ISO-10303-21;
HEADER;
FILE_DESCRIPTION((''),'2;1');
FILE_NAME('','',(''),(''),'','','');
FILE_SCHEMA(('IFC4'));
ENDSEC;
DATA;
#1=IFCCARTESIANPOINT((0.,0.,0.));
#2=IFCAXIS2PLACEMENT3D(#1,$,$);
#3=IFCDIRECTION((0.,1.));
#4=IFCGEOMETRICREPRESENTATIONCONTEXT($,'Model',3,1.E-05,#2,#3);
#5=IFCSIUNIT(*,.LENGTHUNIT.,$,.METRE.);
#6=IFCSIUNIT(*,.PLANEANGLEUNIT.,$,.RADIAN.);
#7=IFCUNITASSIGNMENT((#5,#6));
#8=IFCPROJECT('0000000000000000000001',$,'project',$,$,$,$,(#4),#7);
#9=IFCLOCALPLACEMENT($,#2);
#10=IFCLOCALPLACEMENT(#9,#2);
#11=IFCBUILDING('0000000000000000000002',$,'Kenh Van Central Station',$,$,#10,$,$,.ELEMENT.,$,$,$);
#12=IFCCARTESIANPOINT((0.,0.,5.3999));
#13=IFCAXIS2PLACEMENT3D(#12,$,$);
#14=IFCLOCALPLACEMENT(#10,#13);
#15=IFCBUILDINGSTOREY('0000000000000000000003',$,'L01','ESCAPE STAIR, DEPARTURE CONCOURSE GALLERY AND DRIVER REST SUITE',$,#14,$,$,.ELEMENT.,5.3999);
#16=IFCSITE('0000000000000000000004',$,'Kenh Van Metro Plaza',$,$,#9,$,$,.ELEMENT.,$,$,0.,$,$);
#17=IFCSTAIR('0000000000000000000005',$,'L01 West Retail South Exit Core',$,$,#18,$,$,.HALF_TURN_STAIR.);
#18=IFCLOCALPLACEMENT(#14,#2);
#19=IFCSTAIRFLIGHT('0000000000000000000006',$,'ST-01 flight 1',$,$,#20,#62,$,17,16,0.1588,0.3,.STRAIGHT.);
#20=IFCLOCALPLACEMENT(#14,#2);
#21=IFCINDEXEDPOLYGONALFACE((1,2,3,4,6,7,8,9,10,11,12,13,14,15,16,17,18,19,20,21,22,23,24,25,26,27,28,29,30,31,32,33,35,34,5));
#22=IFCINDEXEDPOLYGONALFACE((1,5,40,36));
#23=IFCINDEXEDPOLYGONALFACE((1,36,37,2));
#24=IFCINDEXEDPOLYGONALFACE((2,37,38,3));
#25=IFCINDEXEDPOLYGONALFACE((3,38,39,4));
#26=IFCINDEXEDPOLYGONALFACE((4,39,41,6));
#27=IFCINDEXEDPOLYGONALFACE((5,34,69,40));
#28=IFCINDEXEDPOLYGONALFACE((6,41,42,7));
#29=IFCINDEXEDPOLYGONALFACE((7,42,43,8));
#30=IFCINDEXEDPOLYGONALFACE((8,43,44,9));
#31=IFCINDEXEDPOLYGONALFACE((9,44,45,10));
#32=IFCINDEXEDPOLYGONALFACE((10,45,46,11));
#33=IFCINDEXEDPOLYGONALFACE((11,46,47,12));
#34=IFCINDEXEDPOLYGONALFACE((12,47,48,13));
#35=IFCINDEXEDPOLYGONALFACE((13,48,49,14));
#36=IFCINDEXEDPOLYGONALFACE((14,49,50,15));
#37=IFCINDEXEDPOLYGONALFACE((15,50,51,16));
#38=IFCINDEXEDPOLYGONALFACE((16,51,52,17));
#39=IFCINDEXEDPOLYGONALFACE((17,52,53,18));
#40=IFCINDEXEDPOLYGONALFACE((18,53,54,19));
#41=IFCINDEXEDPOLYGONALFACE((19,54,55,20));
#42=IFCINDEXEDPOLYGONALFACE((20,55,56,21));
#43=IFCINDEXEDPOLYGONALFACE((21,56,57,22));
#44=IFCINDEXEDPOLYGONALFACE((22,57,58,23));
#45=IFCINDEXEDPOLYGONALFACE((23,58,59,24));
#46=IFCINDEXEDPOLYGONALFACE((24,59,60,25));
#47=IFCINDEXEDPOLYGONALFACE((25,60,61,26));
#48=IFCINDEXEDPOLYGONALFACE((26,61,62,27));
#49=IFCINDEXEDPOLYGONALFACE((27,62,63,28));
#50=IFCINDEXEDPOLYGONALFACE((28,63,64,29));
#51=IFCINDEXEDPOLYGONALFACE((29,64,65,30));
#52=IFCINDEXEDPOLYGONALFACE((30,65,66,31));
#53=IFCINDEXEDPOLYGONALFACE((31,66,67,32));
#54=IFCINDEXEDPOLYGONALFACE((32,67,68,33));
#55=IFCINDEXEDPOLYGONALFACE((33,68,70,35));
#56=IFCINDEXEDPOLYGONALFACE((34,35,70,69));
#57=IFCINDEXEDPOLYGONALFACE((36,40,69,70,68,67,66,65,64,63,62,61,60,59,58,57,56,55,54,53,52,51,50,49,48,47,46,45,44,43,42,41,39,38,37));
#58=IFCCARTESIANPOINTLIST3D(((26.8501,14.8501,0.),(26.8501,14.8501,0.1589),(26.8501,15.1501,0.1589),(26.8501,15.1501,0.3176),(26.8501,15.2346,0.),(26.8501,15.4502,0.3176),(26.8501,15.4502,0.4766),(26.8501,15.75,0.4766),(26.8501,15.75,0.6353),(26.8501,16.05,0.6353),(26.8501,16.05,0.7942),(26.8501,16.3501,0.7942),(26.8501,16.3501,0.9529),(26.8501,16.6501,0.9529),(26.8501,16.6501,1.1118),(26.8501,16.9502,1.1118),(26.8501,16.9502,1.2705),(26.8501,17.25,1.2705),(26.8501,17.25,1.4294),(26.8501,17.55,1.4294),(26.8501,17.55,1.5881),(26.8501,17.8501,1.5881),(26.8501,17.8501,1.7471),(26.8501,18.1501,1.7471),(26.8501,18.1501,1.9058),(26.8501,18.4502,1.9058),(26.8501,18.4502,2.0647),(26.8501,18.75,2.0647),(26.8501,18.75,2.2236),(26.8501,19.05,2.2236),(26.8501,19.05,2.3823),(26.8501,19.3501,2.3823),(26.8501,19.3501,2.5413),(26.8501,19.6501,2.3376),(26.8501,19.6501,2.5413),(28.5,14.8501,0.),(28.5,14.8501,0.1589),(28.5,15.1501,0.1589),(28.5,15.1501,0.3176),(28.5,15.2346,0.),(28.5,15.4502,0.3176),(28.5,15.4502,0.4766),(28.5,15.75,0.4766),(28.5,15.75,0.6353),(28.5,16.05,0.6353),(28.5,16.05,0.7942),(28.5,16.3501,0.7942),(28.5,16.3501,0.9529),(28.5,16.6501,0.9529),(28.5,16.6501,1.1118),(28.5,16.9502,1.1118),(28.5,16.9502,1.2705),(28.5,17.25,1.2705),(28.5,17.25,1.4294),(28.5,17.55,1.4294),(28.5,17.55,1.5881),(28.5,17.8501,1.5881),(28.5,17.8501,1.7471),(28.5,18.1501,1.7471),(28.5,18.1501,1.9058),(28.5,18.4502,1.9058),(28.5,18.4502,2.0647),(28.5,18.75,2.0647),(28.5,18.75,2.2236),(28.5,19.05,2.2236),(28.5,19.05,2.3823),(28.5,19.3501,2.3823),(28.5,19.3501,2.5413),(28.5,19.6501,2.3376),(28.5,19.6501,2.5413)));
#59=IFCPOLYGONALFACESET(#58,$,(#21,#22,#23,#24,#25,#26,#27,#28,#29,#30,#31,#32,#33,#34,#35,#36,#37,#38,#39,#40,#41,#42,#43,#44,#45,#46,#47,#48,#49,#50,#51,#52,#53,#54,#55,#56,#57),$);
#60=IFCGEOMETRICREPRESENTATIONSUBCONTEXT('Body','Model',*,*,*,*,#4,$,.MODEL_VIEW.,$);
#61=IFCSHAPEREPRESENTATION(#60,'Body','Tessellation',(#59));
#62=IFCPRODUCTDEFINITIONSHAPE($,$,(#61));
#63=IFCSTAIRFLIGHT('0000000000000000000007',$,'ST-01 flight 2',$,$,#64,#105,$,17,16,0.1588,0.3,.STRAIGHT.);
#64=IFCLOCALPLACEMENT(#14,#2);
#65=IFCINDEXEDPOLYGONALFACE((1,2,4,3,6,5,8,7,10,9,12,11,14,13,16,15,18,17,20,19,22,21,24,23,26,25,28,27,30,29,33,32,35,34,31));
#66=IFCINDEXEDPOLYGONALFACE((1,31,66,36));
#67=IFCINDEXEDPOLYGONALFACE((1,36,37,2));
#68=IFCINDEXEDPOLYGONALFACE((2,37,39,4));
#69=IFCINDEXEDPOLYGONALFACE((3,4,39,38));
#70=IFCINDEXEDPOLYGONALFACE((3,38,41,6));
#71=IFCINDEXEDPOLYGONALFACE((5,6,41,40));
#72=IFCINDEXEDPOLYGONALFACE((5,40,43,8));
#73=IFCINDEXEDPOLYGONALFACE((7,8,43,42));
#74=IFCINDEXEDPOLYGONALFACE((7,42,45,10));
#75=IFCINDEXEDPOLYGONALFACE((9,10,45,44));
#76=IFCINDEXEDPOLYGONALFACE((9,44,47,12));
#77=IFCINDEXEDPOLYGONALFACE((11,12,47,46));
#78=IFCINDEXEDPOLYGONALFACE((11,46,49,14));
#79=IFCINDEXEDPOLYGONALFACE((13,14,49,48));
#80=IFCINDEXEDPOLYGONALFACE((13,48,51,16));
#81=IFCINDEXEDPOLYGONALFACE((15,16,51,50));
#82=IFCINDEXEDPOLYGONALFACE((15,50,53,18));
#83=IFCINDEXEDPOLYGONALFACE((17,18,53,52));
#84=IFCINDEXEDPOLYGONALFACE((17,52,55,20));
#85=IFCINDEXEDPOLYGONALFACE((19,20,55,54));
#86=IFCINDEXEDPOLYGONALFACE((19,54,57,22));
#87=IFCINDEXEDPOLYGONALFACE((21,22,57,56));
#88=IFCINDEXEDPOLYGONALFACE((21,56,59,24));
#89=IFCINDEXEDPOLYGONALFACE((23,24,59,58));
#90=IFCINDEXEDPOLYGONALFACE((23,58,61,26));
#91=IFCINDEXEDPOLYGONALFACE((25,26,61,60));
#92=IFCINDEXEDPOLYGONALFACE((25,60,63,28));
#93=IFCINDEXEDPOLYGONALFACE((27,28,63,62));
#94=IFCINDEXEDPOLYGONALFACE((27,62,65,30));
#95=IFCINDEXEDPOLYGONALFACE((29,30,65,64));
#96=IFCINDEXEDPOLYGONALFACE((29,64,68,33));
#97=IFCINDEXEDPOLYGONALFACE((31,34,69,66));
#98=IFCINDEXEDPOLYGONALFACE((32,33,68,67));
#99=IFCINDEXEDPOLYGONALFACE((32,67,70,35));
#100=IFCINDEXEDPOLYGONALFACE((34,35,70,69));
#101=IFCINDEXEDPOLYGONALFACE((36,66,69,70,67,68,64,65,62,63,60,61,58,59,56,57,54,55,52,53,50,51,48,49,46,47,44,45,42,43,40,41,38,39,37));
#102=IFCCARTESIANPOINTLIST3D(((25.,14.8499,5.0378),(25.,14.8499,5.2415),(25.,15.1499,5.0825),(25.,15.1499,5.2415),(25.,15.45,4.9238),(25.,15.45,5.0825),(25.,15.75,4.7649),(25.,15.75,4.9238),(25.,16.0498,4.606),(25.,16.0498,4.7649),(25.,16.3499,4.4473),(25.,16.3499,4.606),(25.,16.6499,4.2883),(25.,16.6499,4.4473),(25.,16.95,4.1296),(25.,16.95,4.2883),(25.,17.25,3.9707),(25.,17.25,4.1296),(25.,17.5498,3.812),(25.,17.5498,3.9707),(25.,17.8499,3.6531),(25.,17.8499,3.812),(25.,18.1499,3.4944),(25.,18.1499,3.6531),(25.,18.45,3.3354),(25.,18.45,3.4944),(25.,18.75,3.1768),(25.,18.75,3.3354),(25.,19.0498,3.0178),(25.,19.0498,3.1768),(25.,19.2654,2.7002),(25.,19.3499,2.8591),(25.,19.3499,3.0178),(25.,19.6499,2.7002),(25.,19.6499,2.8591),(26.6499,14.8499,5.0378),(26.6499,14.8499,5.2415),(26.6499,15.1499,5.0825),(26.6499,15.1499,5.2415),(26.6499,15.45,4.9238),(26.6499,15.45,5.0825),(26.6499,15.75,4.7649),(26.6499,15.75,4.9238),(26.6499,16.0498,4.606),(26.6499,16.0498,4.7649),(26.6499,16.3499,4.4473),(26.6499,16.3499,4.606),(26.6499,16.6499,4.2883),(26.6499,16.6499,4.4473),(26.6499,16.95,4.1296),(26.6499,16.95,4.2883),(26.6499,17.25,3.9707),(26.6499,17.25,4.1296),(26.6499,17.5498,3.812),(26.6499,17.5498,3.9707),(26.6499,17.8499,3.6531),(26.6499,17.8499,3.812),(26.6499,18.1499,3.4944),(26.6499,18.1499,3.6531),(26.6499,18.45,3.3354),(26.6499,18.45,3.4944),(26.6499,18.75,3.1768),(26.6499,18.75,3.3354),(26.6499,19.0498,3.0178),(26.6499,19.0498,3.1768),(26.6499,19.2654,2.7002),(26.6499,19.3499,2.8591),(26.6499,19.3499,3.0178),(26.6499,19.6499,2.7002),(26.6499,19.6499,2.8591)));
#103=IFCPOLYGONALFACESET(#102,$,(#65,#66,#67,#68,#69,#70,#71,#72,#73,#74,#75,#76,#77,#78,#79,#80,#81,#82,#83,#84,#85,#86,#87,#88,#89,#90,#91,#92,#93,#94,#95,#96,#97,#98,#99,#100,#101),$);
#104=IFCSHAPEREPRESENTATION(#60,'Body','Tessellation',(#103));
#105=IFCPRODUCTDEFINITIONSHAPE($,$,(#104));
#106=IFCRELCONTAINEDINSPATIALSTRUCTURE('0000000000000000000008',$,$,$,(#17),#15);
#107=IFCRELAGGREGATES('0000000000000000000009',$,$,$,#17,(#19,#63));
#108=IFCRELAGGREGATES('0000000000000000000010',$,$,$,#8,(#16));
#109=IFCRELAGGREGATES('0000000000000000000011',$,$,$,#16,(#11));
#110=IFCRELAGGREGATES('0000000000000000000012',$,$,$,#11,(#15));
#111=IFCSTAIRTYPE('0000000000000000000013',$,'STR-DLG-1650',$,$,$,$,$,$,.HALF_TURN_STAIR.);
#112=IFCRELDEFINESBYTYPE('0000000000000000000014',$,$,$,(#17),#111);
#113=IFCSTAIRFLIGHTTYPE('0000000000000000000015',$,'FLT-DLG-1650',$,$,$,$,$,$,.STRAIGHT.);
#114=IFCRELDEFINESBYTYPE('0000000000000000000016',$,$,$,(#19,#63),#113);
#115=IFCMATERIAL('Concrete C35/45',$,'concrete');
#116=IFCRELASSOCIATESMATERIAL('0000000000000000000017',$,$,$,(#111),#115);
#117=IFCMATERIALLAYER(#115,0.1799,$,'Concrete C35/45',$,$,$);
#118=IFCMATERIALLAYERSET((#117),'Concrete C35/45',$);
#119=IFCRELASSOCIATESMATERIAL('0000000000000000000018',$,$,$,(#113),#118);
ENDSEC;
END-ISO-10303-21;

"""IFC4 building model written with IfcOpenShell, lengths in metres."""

from ifc_helpers import new_model, si_unit, direction, frame, origin, place, context, subcontext, project, spatial, polyline, outline, extrude, material, layer, layer_set, type_object, element, aggregate, save


model = new_model("IFC4")

# Units and contexts
model_context = context("Model", 3, precision=1e-05, world=origin(), true_north=direction((0.0, 1.0)))
body_context = subcontext(model_context, "Body", "Model", "MODEL_VIEW")
ifc_project = project(units=[si_unit("LENGTHUNIT", "METRE"), si_unit("PLANEANGLEUNIT", "RADIAN")], contexts=[model_context])

# Site, building, storey
site_placement = place(None, origin())
site = spatial("IfcSite", under=ifc_project, at=site_placement, Name="Kenh Van Metro Plaza", CompositionType="ELEMENT", RefElevation=0.0)
building_placement = place(site_placement, origin())
building = spatial("IfcBuilding", under=site, at=building_placement, Name="Kenh Van Central Station", CompositionType="ELEMENT")
storey_placement = place(building_placement, frame((0.0, 0.0, 5.3999)))
storey = spatial("IfcBuildingStorey", under=building, at=storey_placement, Name="L01", Description="ESCAPE STAIR, DEPARTURE CONCOURSE GALLERY AND DRIVER REST SUITE", CompositionType="ELEMENT", Elevation=5.3999)

# Shared definitions
ifc_material_1 = material(Name="Concrete C35/45", Category="concrete")

# Stair, stair flights
stair_type = type_object("IfcStairType", Name="STR-DLG-1650", PredefinedType="HALF_TURN_STAIR", material=ifc_material_1)
stair_placement = place(storey_placement, origin())
stair = element("IfcStair", 1, at=stair_placement, inside=storey, type_object=stair_type, Name="L01 West Retail South Exit Core", PredefinedType="HALF_TURN_STAIR")
ifc_layer_1 = layer(ifc_material_1, 0.1799, Name="Concrete C35/45")
ifc_layer_set_1 = layer_set([ifc_layer_1], Name="Concrete C35/45")
stair_flight_type = type_object("IfcStairFlightType", Name="FLT-DLG-1650", PredefinedType="STRAIGHT", material=ifc_layer_set_1)
stair_flight_1_placement = place(storey_placement, frame((27.675, 14.8501, 0.0), z_axis=(0.0, 0.0, 1.0), x_axis=(0.0, 1.0, 0.0)))
stair_flight_1 = element("IfcStairFlight", 2, at=stair_flight_1_placement, type_object=stair_flight_type, Name="ST-01 flight 1", NumberOfRisers=17, NumberOfTreads=16, PredefinedType="STRAIGHT", RiserHeight=0.1588, TreadLength=0.3, context=body_context, shape_type="SweptSolid", body=[
    extrude(outline(polyline([(0.0, 0.0), (0.0, 0.1589), (0.3, 0.1589), (0.3, 0.3176), (0.6001, 0.3176), (0.6001, 0.4766), (0.8999, 0.4766), (0.8999, 0.6353), (1.2, 0.6353), (1.2, 0.7942), (1.5, 0.7942), (1.5, 0.9529), (1.8, 0.9529), (1.8, 1.1118), (2.1001, 1.1118), (2.1001, 1.2705), (2.3999, 1.2705), (2.3999, 1.4294), (2.7, 1.4294), (2.7, 1.5881), (3.0, 1.5881), (3.0, 1.7471), (3.3, 1.7471), (3.3, 1.9058), (3.6001, 1.9058), (3.6001, 2.0647), (3.8999, 2.0647), (3.8999, 2.2236), (4.2, 2.2236), (4.2, 2.3823), (4.5, 2.3823), (4.5, 2.5413), (4.8, 2.5413), (4.8, 2.7), (4.8, 2.3376), (0.3845, 0.0), (0.0, 0.0)])), frame((0.0, 0.825, 0.0), z_axis=(0.0, -1.0, 0.0), x_axis=(1.0, 0.0, 0.0)), (0.0, 0.0, 1.0), 1.6499),
])
stair_flight_2_placement = place(storey_placement, frame((25.825, 19.6499, 2.7002), z_axis=(0.0, 0.0, 1.0), x_axis=(0.0, -1.0, 0.0)))
stair_flight_2 = element("IfcStairFlight", 3, at=stair_flight_2_placement, type_object=stair_flight_type, Name="ST-01 flight 2", NumberOfRisers=17, NumberOfTreads=16, PredefinedType="STRAIGHT", RiserHeight=0.1588, TreadLength=0.3, context=body_context, shape_type="SweptSolid", body=[
    extrude(outline(polyline([(0.0, 0.0), (0.0, 0.1589), (0.3, 0.1589), (0.3, 0.3176), (0.6001, 0.3176), (0.6001, 0.4766), (0.8999, 0.4766), (0.8999, 0.6353), (1.2, 0.6353), (1.2, 0.7942), (1.5, 0.7942), (1.5, 0.9529), (1.8, 0.9529), (1.8, 1.1118), (2.1001, 1.1118), (2.1001, 1.2705), (2.3999, 1.2705), (2.3999, 1.4294), (2.7, 1.4294), (2.7, 1.5881), (3.0, 1.5881), (3.0, 1.7471), (3.3, 1.7471), (3.3, 1.9058), (3.6001, 1.9058), (3.6001, 2.0647), (3.8999, 2.0647), (3.8999, 2.2236), (4.2, 2.2236), (4.2, 2.3823), (4.5, 2.3823), (4.5, 2.5413), (4.8, 2.5413), (4.8, 2.7), (4.8, 2.3376), (0.3845, 0.0), (0.0, 0.0)])), frame((0.0, 0.825, 0.0), z_axis=(0.0, -1.0, 0.0), x_axis=(1.0, 0.0, 0.0)), (0.0, 0.0, 1.0), 1.6499),
])
aggregate(stair, [stair_flight_1, stair_flight_2])

save(model, "model.ifc")
